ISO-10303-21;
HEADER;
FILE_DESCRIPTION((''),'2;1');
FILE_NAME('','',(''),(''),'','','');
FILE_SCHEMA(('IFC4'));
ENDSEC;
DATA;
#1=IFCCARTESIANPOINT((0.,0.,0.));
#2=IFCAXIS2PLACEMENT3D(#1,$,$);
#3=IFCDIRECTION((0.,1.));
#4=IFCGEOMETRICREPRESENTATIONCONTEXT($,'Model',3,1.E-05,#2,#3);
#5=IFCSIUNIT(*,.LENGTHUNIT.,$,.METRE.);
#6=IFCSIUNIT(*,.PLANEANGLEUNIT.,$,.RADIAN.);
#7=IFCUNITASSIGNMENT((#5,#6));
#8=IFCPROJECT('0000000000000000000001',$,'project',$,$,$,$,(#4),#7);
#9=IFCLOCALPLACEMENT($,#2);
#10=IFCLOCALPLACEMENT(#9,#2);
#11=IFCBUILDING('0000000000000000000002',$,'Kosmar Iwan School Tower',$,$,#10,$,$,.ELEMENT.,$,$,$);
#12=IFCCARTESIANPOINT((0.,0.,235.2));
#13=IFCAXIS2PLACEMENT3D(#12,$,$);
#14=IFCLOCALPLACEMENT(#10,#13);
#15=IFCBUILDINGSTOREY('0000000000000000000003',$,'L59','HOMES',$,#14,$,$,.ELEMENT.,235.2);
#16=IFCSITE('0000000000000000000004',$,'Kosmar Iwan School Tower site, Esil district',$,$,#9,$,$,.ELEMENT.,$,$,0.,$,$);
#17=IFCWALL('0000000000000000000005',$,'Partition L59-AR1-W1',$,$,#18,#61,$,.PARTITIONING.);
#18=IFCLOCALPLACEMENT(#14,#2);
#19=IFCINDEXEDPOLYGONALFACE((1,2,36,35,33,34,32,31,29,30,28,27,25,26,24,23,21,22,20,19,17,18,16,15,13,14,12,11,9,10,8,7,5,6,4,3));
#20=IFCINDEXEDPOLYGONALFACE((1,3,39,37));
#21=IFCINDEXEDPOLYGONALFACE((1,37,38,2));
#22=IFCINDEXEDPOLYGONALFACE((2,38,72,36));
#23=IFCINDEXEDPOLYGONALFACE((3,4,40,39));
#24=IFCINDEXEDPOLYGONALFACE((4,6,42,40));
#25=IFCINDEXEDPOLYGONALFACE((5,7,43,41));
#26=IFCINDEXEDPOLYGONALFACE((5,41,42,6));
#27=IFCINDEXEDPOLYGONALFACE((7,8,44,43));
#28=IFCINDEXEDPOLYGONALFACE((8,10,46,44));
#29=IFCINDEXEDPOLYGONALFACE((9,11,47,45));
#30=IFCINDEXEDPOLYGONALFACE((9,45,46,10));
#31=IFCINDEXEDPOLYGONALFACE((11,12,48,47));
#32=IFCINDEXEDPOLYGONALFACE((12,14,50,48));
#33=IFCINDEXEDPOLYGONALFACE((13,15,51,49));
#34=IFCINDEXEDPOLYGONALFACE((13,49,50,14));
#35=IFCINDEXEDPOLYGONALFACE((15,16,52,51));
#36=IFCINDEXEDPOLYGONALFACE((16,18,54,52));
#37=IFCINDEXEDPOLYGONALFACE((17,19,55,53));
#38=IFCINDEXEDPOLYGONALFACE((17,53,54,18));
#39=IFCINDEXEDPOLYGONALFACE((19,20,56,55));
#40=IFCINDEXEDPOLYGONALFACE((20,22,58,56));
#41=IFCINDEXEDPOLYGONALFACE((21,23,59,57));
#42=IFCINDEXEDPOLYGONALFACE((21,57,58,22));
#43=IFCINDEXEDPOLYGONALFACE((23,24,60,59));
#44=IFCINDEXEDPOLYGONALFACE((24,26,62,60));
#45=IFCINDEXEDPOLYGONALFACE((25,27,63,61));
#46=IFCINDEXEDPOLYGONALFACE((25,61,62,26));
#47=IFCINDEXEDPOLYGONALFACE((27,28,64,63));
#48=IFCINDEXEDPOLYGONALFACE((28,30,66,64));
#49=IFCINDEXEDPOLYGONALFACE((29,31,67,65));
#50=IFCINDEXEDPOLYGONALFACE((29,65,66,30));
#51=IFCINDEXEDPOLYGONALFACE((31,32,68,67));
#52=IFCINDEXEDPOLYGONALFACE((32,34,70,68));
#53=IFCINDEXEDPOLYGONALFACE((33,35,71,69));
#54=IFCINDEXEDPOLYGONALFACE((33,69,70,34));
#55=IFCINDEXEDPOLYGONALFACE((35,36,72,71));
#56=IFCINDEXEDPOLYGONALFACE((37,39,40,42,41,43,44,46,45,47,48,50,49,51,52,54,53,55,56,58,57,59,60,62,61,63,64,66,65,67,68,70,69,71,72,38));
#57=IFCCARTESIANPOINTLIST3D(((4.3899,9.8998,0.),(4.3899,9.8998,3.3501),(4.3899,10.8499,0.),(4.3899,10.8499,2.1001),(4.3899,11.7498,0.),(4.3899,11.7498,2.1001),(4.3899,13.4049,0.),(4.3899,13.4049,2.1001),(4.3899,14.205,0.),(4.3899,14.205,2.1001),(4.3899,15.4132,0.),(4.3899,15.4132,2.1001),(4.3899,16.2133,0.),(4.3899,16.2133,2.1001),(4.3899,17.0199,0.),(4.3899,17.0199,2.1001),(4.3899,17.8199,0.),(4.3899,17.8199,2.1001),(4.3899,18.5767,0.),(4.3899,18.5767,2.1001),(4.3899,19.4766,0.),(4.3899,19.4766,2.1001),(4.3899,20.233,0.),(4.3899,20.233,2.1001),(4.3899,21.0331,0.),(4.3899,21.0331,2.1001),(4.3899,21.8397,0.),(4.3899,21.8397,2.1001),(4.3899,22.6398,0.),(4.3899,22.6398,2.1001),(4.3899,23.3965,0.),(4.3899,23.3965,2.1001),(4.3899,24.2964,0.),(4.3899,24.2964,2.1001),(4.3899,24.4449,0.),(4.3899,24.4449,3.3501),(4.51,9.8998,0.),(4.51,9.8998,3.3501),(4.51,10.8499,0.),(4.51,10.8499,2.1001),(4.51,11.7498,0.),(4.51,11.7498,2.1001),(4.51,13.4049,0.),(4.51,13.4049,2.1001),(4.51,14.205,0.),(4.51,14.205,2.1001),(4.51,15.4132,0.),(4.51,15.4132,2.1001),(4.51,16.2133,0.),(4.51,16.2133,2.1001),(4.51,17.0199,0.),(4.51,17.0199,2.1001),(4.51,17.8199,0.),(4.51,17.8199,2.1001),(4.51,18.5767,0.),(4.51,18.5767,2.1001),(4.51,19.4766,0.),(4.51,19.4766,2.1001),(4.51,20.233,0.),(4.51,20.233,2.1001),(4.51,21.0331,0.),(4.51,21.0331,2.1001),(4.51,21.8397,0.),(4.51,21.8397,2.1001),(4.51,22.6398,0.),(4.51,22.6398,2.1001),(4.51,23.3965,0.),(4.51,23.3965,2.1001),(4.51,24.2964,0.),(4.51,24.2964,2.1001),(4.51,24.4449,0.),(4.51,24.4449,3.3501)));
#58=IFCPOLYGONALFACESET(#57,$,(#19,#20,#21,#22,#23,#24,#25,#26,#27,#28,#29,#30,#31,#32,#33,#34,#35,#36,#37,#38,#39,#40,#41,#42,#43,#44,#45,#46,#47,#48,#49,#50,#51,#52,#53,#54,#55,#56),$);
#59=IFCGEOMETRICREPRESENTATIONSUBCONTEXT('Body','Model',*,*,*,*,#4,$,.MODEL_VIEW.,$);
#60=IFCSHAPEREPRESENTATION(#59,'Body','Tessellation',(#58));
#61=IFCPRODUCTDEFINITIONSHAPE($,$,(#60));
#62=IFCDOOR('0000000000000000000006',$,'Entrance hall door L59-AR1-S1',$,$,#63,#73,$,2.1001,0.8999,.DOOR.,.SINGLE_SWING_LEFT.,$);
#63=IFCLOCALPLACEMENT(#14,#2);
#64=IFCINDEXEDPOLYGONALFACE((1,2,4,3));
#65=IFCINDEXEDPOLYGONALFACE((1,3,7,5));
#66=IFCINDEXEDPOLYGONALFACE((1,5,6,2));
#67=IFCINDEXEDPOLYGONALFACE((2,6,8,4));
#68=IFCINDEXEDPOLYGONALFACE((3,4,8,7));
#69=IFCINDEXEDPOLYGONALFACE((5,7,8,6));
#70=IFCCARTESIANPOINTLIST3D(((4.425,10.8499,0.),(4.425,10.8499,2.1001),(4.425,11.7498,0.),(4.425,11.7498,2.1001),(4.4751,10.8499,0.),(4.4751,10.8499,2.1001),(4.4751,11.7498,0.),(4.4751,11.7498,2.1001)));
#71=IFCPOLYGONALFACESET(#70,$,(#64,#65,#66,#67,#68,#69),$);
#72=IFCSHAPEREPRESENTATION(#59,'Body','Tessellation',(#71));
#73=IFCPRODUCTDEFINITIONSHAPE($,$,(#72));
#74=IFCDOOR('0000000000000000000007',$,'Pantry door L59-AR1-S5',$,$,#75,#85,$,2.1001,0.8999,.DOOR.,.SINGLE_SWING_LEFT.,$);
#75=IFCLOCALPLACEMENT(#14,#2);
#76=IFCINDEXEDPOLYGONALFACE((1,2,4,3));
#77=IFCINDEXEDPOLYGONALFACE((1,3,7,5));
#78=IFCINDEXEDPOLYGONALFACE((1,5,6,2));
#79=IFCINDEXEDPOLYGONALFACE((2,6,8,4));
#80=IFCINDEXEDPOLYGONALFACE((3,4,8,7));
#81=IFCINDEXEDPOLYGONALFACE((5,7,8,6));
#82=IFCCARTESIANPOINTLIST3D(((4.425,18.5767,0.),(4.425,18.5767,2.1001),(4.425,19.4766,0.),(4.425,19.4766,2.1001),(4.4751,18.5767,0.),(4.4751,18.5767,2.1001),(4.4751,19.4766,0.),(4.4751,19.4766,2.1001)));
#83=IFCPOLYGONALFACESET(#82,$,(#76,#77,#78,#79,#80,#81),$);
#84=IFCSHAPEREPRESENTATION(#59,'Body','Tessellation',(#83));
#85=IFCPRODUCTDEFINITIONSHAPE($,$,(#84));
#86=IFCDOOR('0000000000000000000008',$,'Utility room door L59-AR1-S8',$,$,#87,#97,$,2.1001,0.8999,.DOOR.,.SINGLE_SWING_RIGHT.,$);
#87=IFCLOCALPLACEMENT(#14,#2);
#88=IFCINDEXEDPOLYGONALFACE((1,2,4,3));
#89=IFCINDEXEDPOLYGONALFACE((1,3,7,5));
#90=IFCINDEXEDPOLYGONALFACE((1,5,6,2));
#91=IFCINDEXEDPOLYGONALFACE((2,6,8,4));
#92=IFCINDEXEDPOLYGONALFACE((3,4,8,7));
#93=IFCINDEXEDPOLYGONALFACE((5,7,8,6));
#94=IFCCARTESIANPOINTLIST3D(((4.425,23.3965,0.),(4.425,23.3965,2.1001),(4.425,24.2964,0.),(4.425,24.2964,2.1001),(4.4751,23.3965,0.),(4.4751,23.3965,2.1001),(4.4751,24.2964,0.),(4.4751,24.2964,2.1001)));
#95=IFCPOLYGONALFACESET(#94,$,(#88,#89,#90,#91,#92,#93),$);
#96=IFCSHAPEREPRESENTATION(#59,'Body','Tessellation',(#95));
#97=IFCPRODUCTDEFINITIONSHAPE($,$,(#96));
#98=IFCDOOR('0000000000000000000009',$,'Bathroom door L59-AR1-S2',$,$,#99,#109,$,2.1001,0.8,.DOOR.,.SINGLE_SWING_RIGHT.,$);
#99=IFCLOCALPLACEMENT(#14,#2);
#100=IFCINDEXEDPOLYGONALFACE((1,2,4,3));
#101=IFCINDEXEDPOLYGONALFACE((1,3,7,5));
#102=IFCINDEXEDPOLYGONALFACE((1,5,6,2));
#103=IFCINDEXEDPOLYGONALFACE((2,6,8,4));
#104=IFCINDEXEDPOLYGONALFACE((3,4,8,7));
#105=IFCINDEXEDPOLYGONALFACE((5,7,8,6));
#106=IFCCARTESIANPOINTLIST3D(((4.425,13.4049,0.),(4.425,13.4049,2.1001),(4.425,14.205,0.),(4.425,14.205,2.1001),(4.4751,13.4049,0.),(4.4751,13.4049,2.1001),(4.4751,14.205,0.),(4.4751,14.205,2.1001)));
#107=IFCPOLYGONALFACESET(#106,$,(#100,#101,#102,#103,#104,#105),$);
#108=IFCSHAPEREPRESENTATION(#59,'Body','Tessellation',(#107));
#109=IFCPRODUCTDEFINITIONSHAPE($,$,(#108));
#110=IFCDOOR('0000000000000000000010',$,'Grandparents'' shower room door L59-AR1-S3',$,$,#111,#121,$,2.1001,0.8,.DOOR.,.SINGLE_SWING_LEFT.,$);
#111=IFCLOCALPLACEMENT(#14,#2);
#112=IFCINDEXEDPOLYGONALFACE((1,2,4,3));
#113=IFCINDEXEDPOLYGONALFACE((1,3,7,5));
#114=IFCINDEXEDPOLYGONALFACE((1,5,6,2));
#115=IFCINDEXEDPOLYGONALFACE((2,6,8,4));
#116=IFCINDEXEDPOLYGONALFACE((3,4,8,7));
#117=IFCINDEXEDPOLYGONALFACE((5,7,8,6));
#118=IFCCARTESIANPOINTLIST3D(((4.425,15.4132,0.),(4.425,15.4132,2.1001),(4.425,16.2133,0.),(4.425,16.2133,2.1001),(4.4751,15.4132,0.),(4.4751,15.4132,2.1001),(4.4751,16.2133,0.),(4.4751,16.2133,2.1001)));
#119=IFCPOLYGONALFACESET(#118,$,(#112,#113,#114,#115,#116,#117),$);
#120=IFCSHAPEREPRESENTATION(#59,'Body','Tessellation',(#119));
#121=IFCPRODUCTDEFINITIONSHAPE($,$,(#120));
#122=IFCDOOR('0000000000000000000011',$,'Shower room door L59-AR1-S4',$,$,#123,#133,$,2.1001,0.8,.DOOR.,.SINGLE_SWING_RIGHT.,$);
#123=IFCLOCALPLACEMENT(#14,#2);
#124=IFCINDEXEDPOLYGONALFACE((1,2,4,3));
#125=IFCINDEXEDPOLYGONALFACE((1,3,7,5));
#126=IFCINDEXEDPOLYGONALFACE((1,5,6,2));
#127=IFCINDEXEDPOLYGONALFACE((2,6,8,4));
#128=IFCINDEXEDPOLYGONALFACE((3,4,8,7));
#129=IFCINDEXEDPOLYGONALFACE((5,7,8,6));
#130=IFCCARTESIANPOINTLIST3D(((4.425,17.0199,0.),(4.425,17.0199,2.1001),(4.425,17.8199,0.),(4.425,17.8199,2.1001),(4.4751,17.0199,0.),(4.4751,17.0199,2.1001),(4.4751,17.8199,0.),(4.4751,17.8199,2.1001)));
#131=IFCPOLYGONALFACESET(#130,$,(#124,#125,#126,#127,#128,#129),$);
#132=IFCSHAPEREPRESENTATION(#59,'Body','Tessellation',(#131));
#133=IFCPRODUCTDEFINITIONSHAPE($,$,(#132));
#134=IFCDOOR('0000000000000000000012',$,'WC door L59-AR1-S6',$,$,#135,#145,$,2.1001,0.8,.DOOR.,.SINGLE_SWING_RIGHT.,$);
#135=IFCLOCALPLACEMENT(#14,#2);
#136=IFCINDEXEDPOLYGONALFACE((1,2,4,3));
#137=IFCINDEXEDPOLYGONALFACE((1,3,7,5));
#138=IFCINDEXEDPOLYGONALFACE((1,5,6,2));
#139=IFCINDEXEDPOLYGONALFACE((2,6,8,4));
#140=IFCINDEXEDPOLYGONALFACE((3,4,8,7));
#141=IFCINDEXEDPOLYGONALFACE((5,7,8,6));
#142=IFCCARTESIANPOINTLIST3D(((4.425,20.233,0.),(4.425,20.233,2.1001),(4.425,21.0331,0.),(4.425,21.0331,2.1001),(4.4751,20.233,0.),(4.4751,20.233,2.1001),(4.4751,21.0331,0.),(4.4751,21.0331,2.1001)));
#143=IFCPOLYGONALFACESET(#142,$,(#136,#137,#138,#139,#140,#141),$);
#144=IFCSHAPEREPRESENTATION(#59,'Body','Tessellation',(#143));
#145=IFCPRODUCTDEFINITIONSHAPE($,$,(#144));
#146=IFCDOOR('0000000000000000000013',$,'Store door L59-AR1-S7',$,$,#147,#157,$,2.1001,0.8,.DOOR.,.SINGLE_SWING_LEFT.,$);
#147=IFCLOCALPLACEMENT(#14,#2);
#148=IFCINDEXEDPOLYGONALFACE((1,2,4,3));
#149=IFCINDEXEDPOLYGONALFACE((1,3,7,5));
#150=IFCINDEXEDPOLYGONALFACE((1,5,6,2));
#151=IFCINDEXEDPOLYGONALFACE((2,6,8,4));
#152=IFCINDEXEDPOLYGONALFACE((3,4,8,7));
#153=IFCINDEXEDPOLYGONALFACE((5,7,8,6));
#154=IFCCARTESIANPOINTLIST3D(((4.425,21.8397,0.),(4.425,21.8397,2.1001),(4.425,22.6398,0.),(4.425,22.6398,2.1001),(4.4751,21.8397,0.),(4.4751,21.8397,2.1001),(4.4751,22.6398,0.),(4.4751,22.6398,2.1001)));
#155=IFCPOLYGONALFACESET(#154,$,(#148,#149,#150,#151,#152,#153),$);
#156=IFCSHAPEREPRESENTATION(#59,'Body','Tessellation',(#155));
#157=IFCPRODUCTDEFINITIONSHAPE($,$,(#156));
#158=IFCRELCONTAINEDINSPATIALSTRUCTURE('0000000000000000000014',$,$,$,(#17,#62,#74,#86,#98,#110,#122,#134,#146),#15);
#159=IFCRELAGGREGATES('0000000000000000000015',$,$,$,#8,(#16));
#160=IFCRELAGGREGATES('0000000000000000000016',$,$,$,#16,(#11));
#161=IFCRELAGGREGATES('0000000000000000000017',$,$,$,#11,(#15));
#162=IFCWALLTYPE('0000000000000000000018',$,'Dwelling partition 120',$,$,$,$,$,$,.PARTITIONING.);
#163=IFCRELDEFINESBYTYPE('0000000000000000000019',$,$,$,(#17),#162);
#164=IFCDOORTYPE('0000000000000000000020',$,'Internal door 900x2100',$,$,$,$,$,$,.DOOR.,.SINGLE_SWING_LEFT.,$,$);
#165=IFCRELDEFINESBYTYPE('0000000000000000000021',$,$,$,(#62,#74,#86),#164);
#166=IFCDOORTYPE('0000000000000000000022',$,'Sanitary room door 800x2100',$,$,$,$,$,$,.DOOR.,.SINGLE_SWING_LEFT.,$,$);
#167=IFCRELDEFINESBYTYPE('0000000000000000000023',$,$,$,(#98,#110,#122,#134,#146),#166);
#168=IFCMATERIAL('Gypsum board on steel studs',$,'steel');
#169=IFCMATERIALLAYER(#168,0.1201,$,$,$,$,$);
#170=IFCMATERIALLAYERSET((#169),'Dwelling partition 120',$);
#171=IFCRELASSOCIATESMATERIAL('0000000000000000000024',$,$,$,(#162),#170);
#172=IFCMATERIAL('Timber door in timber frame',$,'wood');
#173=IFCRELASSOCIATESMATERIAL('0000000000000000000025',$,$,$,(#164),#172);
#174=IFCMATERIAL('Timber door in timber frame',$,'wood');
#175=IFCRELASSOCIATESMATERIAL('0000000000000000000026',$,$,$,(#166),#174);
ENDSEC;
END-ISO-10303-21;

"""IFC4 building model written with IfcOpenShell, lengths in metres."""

from ifc_helpers import new_model, si_unit, direction, frame, frame_2d, origin, place, context, subcontext, project, spatial, rectangle, extrude, material, layer, layer_set, type_object, element, fill, save


model = new_model("IFC4")

# Units and contexts
model_context = context("Model", 3, precision=1e-05, world=origin(), true_north=direction((0.0, 1.0)))
body_context = subcontext(model_context, "Body", "Model", "MODEL_VIEW")
ifc_project = project(units=[si_unit("LENGTHUNIT", "METRE"), si_unit("PLANEANGLEUNIT", "RADIAN")], contexts=[model_context])

# Site, building, storey
site_placement = place(None, origin())
site = spatial("IfcSite", under=ifc_project, at=site_placement, Name="Kosmar Iwan School Tower site, Esil district", CompositionType="ELEMENT", RefElevation=0.0)
building_placement = place(site_placement, origin())
building = spatial("IfcBuilding", under=site, at=building_placement, Name="Kosmar Iwan School Tower", CompositionType="ELEMENT")
storey_placement = place(building_placement, frame((0.0, 0.0, 235.2)))
storey = spatial("IfcBuildingStorey", under=building, at=storey_placement, Name="L59", Description="HOMES", CompositionType="ELEMENT", Elevation=235.2)

# Wall, openings, doors
ifc_material_1 = material(Name="Gypsum board on steel studs", Category="steel")
ifc_layer_1 = layer(ifc_material_1, 0.1201)
ifc_layer_set_1 = layer_set([ifc_layer_1], Name="Dwelling partition 120")
wall_type_1 = type_object("IfcWallType", Name="Dwelling partition 120", PredefinedType="PARTITIONING", material=ifc_layer_set_1)
wall_1_placement = place(storey_placement, frame((4.45, 9.8999, 0.0), z_axis=(0.0, 0.0, 1.0), x_axis=(0.0, 1.0, 0.0)))
wall_1 = element("IfcWall", 1, at=wall_1_placement, inside=storey, type_object=wall_type_1, Name="Partition L59-AR1-W1", PredefinedType="PARTITIONING", context=body_context, shape_type="SweptSolid", body=[
    extrude(rectangle(XDim=14.5452, YDim=0.1201, at=frame_2d((7.2725, 0.0))), origin(), (0.0, 0.0, 1.0), 3.3501),
])
opening_1_placement = place(wall_1_placement, frame((0.95, 0.0, 0.0)))
opening_1 = element("IfcOpeningElement", 2, at=opening_1_placement, cuts=wall_1, PredefinedType="OPENING", context=body_context, shape_type="SweptSolid", body=[
    extrude(rectangle(XDim=0.8999, YDim=2.1001, at=frame_2d((0.45, 1.05))), frame((0.0, 0.072, 0.0), z_axis=(0.0, -1.0, 0.0), x_axis=(1.0, 0.0, 0.0)), (0.0, 0.0, 1.0), 0.144),
])
opening_2_placement = place(wall_1_placement, frame((3.5051, 0.0, 0.0)))
opening_2 = element("IfcOpeningElement", 3, at=opening_2_placement, cuts=wall_1, PredefinedType="OPENING", context=body_context, shape_type="SweptSolid", body=[
    extrude(rectangle(XDim=0.8, YDim=2.1001, at=frame_2d((0.3999, 1.05))), frame((0.0, 0.072, 0.0), z_axis=(0.0, -1.0, 0.0), x_axis=(1.0, 0.0, 0.0)), (0.0, 0.0, 1.0), 0.144),
])
opening_3_placement = place(wall_1_placement, frame((5.5134, 0.0, 0.0)))
opening_3 = element("IfcOpeningElement", 4, at=opening_3_placement, cuts=wall_1, PredefinedType="OPENING", context=body_context, shape_type="SweptSolid", body=[
    extrude(rectangle(XDim=0.8, YDim=2.1001, at=frame_2d((0.3999, 1.05))), frame((0.0, 0.072, 0.0), z_axis=(0.0, -1.0, 0.0), x_axis=(1.0, 0.0, 0.0)), (0.0, 0.0, 1.0), 0.144),
])
opening_4_placement = place(wall_1_placement, frame((7.1201, 0.0, 0.0)))
opening_4 = element("IfcOpeningElement", 5, at=opening_4_placement, cuts=wall_1, PredefinedType="OPENING", context=body_context, shape_type="SweptSolid", body=[
    extrude(rectangle(XDim=0.8, YDim=2.1001, at=frame_2d((0.3999, 1.05))), frame((0.0, 0.072, 0.0), z_axis=(0.0, -1.0, 0.0), x_axis=(1.0, 0.0, 0.0)), (0.0, 0.0, 1.0), 0.144),
])
opening_5_placement = place(wall_1_placement, frame((8.6768, 0.0, 0.0)))
opening_5 = element("IfcOpeningElement", 6, at=opening_5_placement, cuts=wall_1, PredefinedType="OPENING", context=body_context, shape_type="SweptSolid", body=[
    extrude(rectangle(XDim=0.8999, YDim=2.1001, at=frame_2d((0.45, 1.05))), frame((0.0, 0.072, 0.0), z_axis=(0.0, -1.0, 0.0), x_axis=(1.0, 0.0, 0.0)), (0.0, 0.0, 1.0), 0.144),
])
opening_6_placement = place(wall_1_placement, frame((10.3333, 0.0, 0.0)))
opening_6 = element("IfcOpeningElement", 7, at=opening_6_placement, cuts=wall_1, PredefinedType="OPENING", context=body_context, shape_type="SweptSolid", body=[
    extrude(rectangle(XDim=0.8, YDim=2.1001, at=frame_2d((0.3999, 1.05))), frame((0.0, 0.072, 0.0), z_axis=(0.0, -1.0, 0.0), x_axis=(1.0, 0.0, 0.0)), (0.0, 0.0, 1.0), 0.144),
])
opening_7_placement = place(wall_1_placement, frame((11.9399, 0.0, 0.0)))
opening_7 = element("IfcOpeningElement", 8, at=opening_7_placement, cuts=wall_1, PredefinedType="OPENING", context=body_context, shape_type="SweptSolid", body=[
    extrude(rectangle(XDim=0.8, YDim=2.1001, at=frame_2d((0.3999, 1.05))), frame((0.0, 0.072, 0.0), z_axis=(0.0, -1.0, 0.0), x_axis=(1.0, 0.0, 0.0)), (0.0, 0.0, 1.0), 0.144),
])
opening_8_placement = place(wall_1_placement, frame((13.4966, 0.0, 0.0)))
opening_8 = element("IfcOpeningElement", 9, at=opening_8_placement, cuts=wall_1, PredefinedType="OPENING", context=body_context, shape_type="SweptSolid", body=[
    extrude(rectangle(XDim=0.8999, YDim=2.1001, at=frame_2d((0.45, 1.05))), frame((0.0, 0.072, 0.0), z_axis=(0.0, -1.0, 0.0), x_axis=(1.0, 0.0, 0.0)), (0.0, 0.0, 1.0), 0.144),
])
ifc_material_2 = material(Name="Timber door in timber frame", Category="wood")
door_type_1 = type_object("IfcDoorType", Name="Internal door 900x2100", OperationType="SINGLE_SWING_LEFT", PredefinedType="DOOR", material=ifc_material_2)
door_1_placement = place(opening_1_placement, origin())
door_1 = element("IfcDoor", 10, at=door_1_placement, inside=storey, type_object=door_type_1, Name="Entrance hall door L59-AR1-S1", OperationType="SINGLE_SWING_LEFT", OverallHeight=2.1001, OverallWidth=0.8999, PredefinedType="DOOR", context=body_context, shape_type="SweptSolid", body=[
    extrude(rectangle(XDim=0.8999, YDim=2.1001, at=frame_2d((0.45, 1.05))), frame((0.0, 0.0249, 0.0), z_axis=(0.0, -1.0, 0.0), x_axis=(1.0, 0.0, 0.0)), (0.0, 0.0, 1.0), 0.05),
])
fill(opening_1, door_1)
door_2_placement = place(opening_5_placement, origin())
door_2 = element("IfcDoor", 11, at=door_2_placement, inside=storey, type_object=door_type_1, Name="Pantry door L59-AR1-S5", OperationType="SINGLE_SWING_LEFT", OverallHeight=2.1001, OverallWidth=0.8999, PredefinedType="DOOR", context=body_context, shape_type="SweptSolid", body=[
    extrude(rectangle(XDim=0.8999, YDim=2.1001, at=frame_2d((0.45, 1.05))), frame((0.0, 0.0249, 0.0), z_axis=(0.0, -1.0, 0.0), x_axis=(1.0, 0.0, 0.0)), (0.0, 0.0, 1.0), 0.05),
])
fill(opening_5, door_2)
door_3_placement = place(opening_8_placement, origin())
door_3 = element("IfcDoor", 12, at=door_3_placement, inside=storey, type_object=door_type_1, Name="Utility room door L59-AR1-S8", OperationType="SINGLE_SWING_RIGHT", OverallHeight=2.1001, OverallWidth=0.8999, PredefinedType="DOOR", context=body_context, shape_type="SweptSolid", body=[
    extrude(rectangle(XDim=0.8999, YDim=2.1001, at=frame_2d((0.45, 1.05))), frame((0.0, 0.0249, 0.0), z_axis=(0.0, -1.0, 0.0), x_axis=(1.0, 0.0, 0.0)), (0.0, 0.0, 1.0), 0.05),
])
fill(opening_8, door_3)
ifc_material_3 = material(Name="Timber door in timber frame", Category="wood")
door_type_2 = type_object("IfcDoorType", Name="Sanitary room door 800x2100", OperationType="SINGLE_SWING_LEFT", PredefinedType="DOOR", material=ifc_material_3)
door_4_placement = place(opening_2_placement, origin())
door_4 = element("IfcDoor", 13, at=door_4_placement, inside=storey, type_object=door_type_2, Name="Bathroom door L59-AR1-S2", OperationType="SINGLE_SWING_RIGHT", OverallHeight=2.1001, OverallWidth=0.8, PredefinedType="DOOR", context=body_context, shape_type="SweptSolid", body=[
    extrude(rectangle(XDim=0.8, YDim=2.1001, at=frame_2d((0.3999, 1.05))), frame((0.0, 0.0249, 0.0), z_axis=(0.0, -1.0, 0.0), x_axis=(1.0, 0.0, 0.0)), (0.0, 0.0, 1.0), 0.05),
])
fill(opening_2, door_4)
door_5_placement = place(opening_3_placement, origin())
door_5 = element("IfcDoor", 14, at=door_5_placement, inside=storey, type_object=door_type_2, Name="Grandparents' shower room door L59-AR1-S3", OperationType="SINGLE_SWING_LEFT", OverallHeight=2.1001, OverallWidth=0.8, PredefinedType="DOOR", context=body_context, shape_type="SweptSolid", body=[
    extrude(rectangle(XDim=0.8, YDim=2.1001, at=frame_2d((0.3999, 1.05))), frame((0.0, 0.0249, 0.0), z_axis=(0.0, -1.0, 0.0), x_axis=(1.0, 0.0, 0.0)), (0.0, 0.0, 1.0), 0.05),
])
fill(opening_3, door_5)
door_6_placement = place(opening_4_placement, origin())
door_6 = element("IfcDoor", 15, at=door_6_placement, inside=storey, type_object=door_type_2, Name="Shower room door L59-AR1-S4", OperationType="SINGLE_SWING_RIGHT", OverallHeight=2.1001, OverallWidth=0.8, PredefinedType="DOOR", context=body_context, shape_type="SweptSolid", body=[
    extrude(rectangle(XDim=0.8, YDim=2.1001, at=frame_2d((0.3999, 1.05))), frame((0.0, 0.0249, 0.0), z_axis=(0.0, -1.0, 0.0), x_axis=(1.0, 0.0, 0.0)), (0.0, 0.0, 1.0), 0.05),
])
fill(opening_4, door_6)
door_7_placement = place(opening_6_placement, origin())
door_7 = element("IfcDoor", 16, at=door_7_placement, inside=storey, type_object=door_type_2, Name="WC door L59-AR1-S6", OperationType="SINGLE_SWING_RIGHT", OverallHeight=2.1001, OverallWidth=0.8, PredefinedType="DOOR", context=body_context, shape_type="SweptSolid", body=[
    extrude(rectangle(XDim=0.8, YDim=2.1001, at=frame_2d((0.3999, 1.05))), frame((0.0, 0.0249, 0.0), z_axis=(0.0, -1.0, 0.0), x_axis=(1.0, 0.0, 0.0)), (0.0, 0.0, 1.0), 0.05),
])
fill(opening_6, door_7)
door_8_placement = place(opening_7_placement, origin())
door_8 = element("IfcDoor", 17, at=door_8_placement, inside=storey, type_object=door_type_2, Name="Store door L59-AR1-S7", OperationType="SINGLE_SWING_LEFT", OverallHeight=2.1001, OverallWidth=0.8, PredefinedType="DOOR", context=body_context, shape_type="SweptSolid", body=[
    extrude(rectangle(XDim=0.8, YDim=2.1001, at=frame_2d((0.3999, 1.05))), frame((0.0, 0.0249, 0.0), z_axis=(0.0, -1.0, 0.0), x_axis=(1.0, 0.0, 0.0)), (0.0, 0.0, 1.0), 0.05),
])
fill(opening_7, door_8)

save(model, "model.ifc")
